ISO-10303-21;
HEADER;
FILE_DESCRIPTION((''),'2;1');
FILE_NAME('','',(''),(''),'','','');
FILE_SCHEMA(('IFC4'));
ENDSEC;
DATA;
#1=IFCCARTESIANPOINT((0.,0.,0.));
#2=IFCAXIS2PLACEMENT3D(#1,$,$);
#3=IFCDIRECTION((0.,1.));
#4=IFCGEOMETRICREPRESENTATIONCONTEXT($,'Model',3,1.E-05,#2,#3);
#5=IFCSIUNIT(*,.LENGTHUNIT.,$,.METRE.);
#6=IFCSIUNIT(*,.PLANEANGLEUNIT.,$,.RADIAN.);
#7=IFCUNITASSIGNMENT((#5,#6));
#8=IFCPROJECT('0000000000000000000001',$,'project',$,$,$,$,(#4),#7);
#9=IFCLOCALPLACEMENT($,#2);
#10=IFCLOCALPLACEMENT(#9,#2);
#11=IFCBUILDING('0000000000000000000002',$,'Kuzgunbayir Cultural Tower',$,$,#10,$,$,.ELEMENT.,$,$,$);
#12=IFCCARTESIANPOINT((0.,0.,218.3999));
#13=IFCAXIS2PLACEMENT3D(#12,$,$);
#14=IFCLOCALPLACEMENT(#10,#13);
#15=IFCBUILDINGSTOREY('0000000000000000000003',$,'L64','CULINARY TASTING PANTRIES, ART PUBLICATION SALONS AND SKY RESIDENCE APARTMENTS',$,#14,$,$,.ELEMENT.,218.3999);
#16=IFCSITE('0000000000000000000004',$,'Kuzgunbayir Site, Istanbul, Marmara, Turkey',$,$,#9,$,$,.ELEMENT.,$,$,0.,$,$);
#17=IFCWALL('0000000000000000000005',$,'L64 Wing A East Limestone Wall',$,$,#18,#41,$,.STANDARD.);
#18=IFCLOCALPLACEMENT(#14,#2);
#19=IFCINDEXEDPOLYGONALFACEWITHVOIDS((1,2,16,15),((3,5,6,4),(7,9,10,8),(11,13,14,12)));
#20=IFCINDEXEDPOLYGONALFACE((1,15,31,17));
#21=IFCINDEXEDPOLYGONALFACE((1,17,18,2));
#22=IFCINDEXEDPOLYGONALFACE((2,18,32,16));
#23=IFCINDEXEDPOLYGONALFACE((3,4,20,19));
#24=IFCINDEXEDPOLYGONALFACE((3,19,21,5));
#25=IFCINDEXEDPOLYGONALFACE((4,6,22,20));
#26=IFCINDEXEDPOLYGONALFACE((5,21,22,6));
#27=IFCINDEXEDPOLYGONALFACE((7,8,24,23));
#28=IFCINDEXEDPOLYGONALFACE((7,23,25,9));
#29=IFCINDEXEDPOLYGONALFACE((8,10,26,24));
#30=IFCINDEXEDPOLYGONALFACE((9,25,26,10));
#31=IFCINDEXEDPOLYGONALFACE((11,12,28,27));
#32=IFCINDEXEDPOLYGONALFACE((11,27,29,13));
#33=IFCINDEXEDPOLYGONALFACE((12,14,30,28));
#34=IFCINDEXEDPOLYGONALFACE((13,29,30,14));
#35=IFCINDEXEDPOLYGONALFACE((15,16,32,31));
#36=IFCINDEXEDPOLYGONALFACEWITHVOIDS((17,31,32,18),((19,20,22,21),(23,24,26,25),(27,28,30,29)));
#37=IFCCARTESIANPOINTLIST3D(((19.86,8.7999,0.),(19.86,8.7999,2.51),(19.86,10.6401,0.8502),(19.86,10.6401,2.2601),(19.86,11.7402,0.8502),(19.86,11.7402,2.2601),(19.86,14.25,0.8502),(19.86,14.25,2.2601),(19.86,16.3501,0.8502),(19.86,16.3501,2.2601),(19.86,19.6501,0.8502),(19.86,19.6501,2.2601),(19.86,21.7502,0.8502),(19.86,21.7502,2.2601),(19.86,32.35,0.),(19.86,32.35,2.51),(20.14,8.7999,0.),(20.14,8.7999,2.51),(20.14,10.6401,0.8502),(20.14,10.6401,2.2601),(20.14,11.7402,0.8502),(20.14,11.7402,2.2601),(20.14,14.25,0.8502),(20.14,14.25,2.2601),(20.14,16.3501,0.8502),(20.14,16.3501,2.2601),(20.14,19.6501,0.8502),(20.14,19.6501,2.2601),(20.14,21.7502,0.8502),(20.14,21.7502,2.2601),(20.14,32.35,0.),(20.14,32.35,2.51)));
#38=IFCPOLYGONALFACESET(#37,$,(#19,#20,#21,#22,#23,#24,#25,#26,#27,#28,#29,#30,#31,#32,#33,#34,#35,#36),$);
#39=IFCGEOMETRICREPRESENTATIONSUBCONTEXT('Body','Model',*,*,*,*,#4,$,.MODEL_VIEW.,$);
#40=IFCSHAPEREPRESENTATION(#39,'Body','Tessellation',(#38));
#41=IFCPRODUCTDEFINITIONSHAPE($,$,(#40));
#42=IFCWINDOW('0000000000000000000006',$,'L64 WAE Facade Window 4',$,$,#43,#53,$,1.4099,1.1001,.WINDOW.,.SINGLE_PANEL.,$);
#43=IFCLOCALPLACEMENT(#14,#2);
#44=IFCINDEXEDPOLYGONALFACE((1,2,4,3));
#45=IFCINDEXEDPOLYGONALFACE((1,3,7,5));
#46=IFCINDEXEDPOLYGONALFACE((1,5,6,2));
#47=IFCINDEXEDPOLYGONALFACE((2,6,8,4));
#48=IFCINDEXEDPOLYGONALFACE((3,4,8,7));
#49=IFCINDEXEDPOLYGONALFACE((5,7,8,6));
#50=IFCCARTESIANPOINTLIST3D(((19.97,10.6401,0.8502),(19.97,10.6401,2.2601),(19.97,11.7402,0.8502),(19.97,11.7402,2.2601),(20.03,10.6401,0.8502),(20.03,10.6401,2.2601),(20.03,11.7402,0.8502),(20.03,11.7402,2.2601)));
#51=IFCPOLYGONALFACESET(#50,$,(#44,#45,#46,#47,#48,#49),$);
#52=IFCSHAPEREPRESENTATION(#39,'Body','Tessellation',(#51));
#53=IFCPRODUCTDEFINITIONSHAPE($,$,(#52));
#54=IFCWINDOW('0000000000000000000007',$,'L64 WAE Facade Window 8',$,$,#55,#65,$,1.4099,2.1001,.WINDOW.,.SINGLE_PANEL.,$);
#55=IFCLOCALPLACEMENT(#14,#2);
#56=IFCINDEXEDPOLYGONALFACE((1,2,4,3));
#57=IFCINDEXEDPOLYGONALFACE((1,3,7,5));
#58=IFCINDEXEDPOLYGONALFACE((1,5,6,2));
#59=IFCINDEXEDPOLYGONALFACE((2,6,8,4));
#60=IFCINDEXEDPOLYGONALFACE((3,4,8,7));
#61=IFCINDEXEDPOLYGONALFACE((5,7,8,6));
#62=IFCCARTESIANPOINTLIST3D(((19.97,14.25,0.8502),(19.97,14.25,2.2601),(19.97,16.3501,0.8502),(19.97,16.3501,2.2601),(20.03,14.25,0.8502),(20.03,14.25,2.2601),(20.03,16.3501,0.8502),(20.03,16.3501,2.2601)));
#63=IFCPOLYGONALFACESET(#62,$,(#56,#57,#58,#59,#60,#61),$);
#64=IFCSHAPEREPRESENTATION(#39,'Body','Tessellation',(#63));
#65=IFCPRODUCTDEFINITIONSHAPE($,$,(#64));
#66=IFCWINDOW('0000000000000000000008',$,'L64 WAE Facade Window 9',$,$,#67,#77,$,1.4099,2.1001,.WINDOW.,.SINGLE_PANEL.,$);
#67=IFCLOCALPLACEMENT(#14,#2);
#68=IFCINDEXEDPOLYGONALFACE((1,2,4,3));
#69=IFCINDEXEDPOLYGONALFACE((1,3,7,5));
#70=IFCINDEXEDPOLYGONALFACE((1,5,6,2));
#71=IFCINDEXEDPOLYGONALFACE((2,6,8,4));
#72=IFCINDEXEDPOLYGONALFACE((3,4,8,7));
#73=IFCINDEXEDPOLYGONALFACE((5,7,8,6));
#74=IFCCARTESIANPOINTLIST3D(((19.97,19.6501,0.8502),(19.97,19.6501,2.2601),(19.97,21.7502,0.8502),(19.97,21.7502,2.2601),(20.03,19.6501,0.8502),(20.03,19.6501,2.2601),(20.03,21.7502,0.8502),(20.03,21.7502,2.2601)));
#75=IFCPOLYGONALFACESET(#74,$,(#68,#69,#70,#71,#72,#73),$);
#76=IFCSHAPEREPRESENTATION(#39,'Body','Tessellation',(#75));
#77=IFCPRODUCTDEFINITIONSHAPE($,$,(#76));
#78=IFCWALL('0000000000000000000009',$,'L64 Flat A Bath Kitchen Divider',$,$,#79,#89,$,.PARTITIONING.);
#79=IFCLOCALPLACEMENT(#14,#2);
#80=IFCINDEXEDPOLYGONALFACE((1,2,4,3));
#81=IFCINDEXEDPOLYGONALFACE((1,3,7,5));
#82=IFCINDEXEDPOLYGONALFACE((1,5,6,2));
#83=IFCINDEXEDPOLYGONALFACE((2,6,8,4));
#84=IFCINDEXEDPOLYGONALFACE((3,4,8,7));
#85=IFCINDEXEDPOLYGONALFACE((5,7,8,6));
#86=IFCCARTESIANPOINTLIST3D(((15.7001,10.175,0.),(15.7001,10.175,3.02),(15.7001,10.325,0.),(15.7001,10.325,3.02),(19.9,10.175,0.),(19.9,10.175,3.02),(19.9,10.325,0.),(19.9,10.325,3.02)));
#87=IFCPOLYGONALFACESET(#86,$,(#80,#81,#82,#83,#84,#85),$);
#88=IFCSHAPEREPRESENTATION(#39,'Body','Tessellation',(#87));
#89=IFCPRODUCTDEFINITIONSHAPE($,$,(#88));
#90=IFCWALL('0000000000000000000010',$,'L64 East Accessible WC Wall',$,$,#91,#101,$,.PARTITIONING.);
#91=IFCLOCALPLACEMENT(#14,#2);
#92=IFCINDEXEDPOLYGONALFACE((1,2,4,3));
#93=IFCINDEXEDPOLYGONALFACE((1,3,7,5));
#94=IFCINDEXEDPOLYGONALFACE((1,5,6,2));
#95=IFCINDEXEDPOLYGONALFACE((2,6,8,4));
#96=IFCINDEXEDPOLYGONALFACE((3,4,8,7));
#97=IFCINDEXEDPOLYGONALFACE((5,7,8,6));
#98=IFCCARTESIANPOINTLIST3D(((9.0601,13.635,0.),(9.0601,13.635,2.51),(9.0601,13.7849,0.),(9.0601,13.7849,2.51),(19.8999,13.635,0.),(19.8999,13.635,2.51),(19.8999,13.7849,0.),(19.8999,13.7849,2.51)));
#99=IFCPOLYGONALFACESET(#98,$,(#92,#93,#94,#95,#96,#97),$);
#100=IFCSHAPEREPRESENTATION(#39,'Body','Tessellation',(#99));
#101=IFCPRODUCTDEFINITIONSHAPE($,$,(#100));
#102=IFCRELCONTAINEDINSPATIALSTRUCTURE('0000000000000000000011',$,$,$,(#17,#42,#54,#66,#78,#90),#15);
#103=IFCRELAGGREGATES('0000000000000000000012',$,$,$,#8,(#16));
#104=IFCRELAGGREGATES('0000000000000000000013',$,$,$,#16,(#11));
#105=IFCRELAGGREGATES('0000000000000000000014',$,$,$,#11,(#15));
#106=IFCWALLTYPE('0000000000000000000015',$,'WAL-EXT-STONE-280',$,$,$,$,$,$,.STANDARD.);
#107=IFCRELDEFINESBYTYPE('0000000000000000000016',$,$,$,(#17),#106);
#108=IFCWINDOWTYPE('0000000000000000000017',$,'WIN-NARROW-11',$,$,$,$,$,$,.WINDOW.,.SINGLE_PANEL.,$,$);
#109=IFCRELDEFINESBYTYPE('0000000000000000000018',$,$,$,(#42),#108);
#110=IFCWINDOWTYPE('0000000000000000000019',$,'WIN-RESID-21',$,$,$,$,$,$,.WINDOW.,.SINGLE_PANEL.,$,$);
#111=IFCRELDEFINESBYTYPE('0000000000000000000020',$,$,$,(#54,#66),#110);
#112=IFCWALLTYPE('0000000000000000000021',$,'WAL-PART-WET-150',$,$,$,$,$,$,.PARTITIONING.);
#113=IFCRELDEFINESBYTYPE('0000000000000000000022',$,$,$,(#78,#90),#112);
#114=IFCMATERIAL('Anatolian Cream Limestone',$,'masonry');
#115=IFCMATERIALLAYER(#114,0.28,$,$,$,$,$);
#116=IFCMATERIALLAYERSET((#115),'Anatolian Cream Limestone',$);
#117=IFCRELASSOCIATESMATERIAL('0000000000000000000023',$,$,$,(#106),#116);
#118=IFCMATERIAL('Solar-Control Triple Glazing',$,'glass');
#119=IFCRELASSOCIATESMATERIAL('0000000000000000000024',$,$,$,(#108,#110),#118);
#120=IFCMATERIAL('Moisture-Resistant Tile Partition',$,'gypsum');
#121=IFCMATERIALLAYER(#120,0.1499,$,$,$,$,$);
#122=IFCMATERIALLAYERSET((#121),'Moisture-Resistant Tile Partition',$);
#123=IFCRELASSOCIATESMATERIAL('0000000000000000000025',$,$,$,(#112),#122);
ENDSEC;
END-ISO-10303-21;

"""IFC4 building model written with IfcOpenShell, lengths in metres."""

from ifc_helpers import new_model, si_unit, direction, frame, frame_2d, origin, place, context, subcontext, project, spatial, rectangle, extrude, material, layer, layer_set, type_object, element, fill, save


model = new_model("IFC4")

# Units and contexts
model_context = context("Model", 3, precision=1e-05, world=origin(), true_north=direction((0.0, 1.0)))
body_context = subcontext(model_context, "Body", "Model", "MODEL_VIEW")
ifc_project = project(units=[si_unit("LENGTHUNIT", "METRE"), si_unit("PLANEANGLEUNIT", "RADIAN")], contexts=[model_context])

# Site, building, storey
site_placement = place(None, origin())
site = spatial("IfcSite", under=ifc_project, at=site_placement, Name="Kuzgunbayir Site, Istanbul, Marmara, Turkey", CompositionType="ELEMENT", RefElevation=0.0)
building_placement = place(site_placement, origin())
building = spatial("IfcBuilding", under=site, at=building_placement, Name="Kuzgunbayir Cultural Tower", CompositionType="ELEMENT")
storey_placement = place(building_placement, frame((0.0, 0.0, 218.3999)))
storey = spatial("IfcBuildingStorey", under=building, at=storey_placement, Name="L64", Description="CULINARY TASTING PANTRIES, ART PUBLICATION SALONS AND SKY RESIDENCE APARTMENTS", CompositionType="ELEMENT", Elevation=218.3999)

# Wall, openings, windows
ifc_material_1 = material(Name="Anatolian Cream Limestone", Category="masonry")
ifc_layer_1 = layer(ifc_material_1, 0.28)
ifc_layer_set_1 = layer_set([ifc_layer_1], Name="Anatolian Cream Limestone")
wall_type_1 = type_object("IfcWallType", Name="WAL-EXT-STONE-280", PredefinedType="STANDARD", material=ifc_layer_set_1)
wall_1_placement = place(storey_placement, frame((20.0, 8.8, 0.0), z_axis=(0.0, 0.0, 1.0), x_axis=(0.0, 1.0, 0.0)))
wall_1 = element("IfcWall", 1, at=wall_1_placement, inside=storey, type_object=wall_type_1, Name="L64 Wing A East Limestone Wall", PredefinedType="STANDARD", context=body_context, shape_type="SweptSolid", body=[
    extrude(rectangle(XDim=23.55, YDim=0.28, at=frame_2d((11.7749, 0.0))), origin(), (0.0, 0.0, 1.0), 2.51),
])
opening_1_placement = place(wall_1_placement, frame((1.8401, 0.0, 0.8501)))
opening_1 = element("IfcOpeningElement", 2, at=opening_1_placement, cuts=wall_1, PredefinedType="OPENING", context=body_context, shape_type="SweptSolid", body=[
    extrude(rectangle(XDim=1.1001, YDim=1.4099, at=frame_2d((0.55, 0.7051))), frame((0.0, 0.1499, 0.0), z_axis=(0.0, -1.0, 0.0), x_axis=(1.0, 0.0, 0.0)), (0.0, 0.0, 1.0), 0.3),
])
opening_2_placement = place(wall_1_placement, frame((5.45, 0.0, 0.8501)))
opening_2 = element("IfcOpeningElement", 3, at=opening_2_placement, cuts=wall_1, PredefinedType="OPENING", context=body_context, shape_type="SweptSolid", body=[
    extrude(rectangle(XDim=2.1001, YDim=1.4099, at=frame_2d((1.05, 0.7051))), frame((0.0, 0.1499, 0.0), z_axis=(0.0, -1.0, 0.0), x_axis=(1.0, 0.0, 0.0)), (0.0, 0.0, 1.0), 0.3),
])
opening_3_placement = place(wall_1_placement, frame((10.8501, 0.0, 0.8501)))
opening_3 = element("IfcOpeningElement", 4, at=opening_3_placement, cuts=wall_1, PredefinedType="OPENING", context=body_context, shape_type="SweptSolid", body=[
    extrude(rectangle(XDim=2.1001, YDim=1.4099, at=frame_2d((1.05, 0.7051))), frame((0.0, 0.1499, 0.0), z_axis=(0.0, -1.0, 0.0), x_axis=(1.0, 0.0, 0.0)), (0.0, 0.0, 1.0), 0.3),
])
ifc_material_2 = material(Name="Solar-Control Triple Glazing", Category="glass")
window_type_1 = type_object("IfcWindowType", Name="WIN-NARROW-11", PartitioningType="SINGLE_PANEL", PredefinedType="WINDOW", material=ifc_material_2)
window_1_placement = place(opening_1_placement, origin())
window_1 = element("IfcWindow", 5, at=window_1_placement, inside=storey, type_object=window_type_1, Name="L64 WAE Facade Window 4", OverallHeight=1.4099, OverallWidth=1.1001, PartitioningType="SINGLE_PANEL", PredefinedType="WINDOW", context=body_context, shape_type="SweptSolid", body=[
    extrude(rectangle(XDim=1.1001, YDim=1.4099, at=frame_2d((0.55, 0.7051))), frame((0.0, 0.03, 0.0), z_axis=(0.0, -1.0, 0.0), x_axis=(1.0, 0.0, 0.0)), (0.0, 0.0, 1.0), 0.0601),
])
fill(opening_1, window_1)
window_type_2 = type_object("IfcWindowType", Name="WIN-RESID-21", PartitioningType="SINGLE_PANEL", PredefinedType="WINDOW", material=ifc_material_2)
window_2_placement = place(opening_2_placement, origin())
window_2 = element("IfcWindow", 6, at=window_2_placement, inside=storey, type_object=window_type_2, Name="L64 WAE Facade Window 8", OverallHeight=1.4099, OverallWidth=2.1001, PartitioningType="SINGLE_PANEL", PredefinedType="WINDOW", context=body_context, shape_type="SweptSolid", body=[
    extrude(rectangle(XDim=2.1001, YDim=1.4099, at=frame_2d((1.05, 0.7051))), frame((0.0, 0.03, 0.0), z_axis=(0.0, -1.0, 0.0), x_axis=(1.0, 0.0, 0.0)), (0.0, 0.0, 1.0), 0.0601),
])
fill(opening_2, window_2)
window_3_placement = place(opening_3_placement, origin())
window_3 = element("IfcWindow", 7, at=window_3_placement, inside=storey, type_object=window_type_2, Name="L64 WAE Facade Window 9", OverallHeight=1.4099, OverallWidth=2.1001, PartitioningType="SINGLE_PANEL", PredefinedType="WINDOW", context=body_context, shape_type="SweptSolid", body=[
    extrude(rectangle(XDim=2.1001, YDim=1.4099, at=frame_2d((1.05, 0.7051))), frame((0.0, 0.03, 0.0), z_axis=(0.0, -1.0, 0.0), x_axis=(1.0, 0.0, 0.0)), (0.0, 0.0, 1.0), 0.0601),
])
fill(opening_3, window_3)

# Shared definitions
ifc_material_3 = material(Name="Moisture-Resistant Tile Partition", Category="gypsum")
ifc_layer_2 = layer(ifc_material_3, 0.1499)
ifc_layer_set_2 = layer_set([ifc_layer_2], Name="Moisture-Resistant Tile Partition")
wall_type_2 = type_object("IfcWallType", Name="WAL-PART-WET-150", PredefinedType="PARTITIONING", material=ifc_layer_set_2)

# Walls
wall_2_placement = place(storey_placement, frame((15.7, 10.25, 0.0), z_axis=(0.0, 0.0, 1.0), x_axis=(1.0, 0.0, 0.0)))
element("IfcWall", 8, at=wall_2_placement, inside=storey, type_object=wall_type_2, Name="L64 Flat A Bath Kitchen Divider", PredefinedType="PARTITIONING", context=body_context, shape_type="SweptSolid", body=[
    extrude(rectangle(XDim=4.2, YDim=0.1499, at=frame_2d((2.1001, 0.0))), origin(), (0.0, 0.0, 1.0), 3.02),
])
wall_3_placement = place(storey_placement, frame((9.0601, 13.71, 0.0), z_axis=(0.0, 0.0, 1.0), x_axis=(1.0, 0.0, 0.0)))
element("IfcWall", 9, at=wall_3_placement, inside=storey, type_object=wall_type_2, Name="L64 East Accessible WC Wall", PredefinedType="PARTITIONING", context=body_context, shape_type="SweptSolid", body=[
    extrude(rectangle(XDim=10.8398, YDim=0.1499, at=frame_2d((5.4199, 0.0))), origin(), (0.0, 0.0, 1.0), 2.51),
])

save(model, "model.ifc")
